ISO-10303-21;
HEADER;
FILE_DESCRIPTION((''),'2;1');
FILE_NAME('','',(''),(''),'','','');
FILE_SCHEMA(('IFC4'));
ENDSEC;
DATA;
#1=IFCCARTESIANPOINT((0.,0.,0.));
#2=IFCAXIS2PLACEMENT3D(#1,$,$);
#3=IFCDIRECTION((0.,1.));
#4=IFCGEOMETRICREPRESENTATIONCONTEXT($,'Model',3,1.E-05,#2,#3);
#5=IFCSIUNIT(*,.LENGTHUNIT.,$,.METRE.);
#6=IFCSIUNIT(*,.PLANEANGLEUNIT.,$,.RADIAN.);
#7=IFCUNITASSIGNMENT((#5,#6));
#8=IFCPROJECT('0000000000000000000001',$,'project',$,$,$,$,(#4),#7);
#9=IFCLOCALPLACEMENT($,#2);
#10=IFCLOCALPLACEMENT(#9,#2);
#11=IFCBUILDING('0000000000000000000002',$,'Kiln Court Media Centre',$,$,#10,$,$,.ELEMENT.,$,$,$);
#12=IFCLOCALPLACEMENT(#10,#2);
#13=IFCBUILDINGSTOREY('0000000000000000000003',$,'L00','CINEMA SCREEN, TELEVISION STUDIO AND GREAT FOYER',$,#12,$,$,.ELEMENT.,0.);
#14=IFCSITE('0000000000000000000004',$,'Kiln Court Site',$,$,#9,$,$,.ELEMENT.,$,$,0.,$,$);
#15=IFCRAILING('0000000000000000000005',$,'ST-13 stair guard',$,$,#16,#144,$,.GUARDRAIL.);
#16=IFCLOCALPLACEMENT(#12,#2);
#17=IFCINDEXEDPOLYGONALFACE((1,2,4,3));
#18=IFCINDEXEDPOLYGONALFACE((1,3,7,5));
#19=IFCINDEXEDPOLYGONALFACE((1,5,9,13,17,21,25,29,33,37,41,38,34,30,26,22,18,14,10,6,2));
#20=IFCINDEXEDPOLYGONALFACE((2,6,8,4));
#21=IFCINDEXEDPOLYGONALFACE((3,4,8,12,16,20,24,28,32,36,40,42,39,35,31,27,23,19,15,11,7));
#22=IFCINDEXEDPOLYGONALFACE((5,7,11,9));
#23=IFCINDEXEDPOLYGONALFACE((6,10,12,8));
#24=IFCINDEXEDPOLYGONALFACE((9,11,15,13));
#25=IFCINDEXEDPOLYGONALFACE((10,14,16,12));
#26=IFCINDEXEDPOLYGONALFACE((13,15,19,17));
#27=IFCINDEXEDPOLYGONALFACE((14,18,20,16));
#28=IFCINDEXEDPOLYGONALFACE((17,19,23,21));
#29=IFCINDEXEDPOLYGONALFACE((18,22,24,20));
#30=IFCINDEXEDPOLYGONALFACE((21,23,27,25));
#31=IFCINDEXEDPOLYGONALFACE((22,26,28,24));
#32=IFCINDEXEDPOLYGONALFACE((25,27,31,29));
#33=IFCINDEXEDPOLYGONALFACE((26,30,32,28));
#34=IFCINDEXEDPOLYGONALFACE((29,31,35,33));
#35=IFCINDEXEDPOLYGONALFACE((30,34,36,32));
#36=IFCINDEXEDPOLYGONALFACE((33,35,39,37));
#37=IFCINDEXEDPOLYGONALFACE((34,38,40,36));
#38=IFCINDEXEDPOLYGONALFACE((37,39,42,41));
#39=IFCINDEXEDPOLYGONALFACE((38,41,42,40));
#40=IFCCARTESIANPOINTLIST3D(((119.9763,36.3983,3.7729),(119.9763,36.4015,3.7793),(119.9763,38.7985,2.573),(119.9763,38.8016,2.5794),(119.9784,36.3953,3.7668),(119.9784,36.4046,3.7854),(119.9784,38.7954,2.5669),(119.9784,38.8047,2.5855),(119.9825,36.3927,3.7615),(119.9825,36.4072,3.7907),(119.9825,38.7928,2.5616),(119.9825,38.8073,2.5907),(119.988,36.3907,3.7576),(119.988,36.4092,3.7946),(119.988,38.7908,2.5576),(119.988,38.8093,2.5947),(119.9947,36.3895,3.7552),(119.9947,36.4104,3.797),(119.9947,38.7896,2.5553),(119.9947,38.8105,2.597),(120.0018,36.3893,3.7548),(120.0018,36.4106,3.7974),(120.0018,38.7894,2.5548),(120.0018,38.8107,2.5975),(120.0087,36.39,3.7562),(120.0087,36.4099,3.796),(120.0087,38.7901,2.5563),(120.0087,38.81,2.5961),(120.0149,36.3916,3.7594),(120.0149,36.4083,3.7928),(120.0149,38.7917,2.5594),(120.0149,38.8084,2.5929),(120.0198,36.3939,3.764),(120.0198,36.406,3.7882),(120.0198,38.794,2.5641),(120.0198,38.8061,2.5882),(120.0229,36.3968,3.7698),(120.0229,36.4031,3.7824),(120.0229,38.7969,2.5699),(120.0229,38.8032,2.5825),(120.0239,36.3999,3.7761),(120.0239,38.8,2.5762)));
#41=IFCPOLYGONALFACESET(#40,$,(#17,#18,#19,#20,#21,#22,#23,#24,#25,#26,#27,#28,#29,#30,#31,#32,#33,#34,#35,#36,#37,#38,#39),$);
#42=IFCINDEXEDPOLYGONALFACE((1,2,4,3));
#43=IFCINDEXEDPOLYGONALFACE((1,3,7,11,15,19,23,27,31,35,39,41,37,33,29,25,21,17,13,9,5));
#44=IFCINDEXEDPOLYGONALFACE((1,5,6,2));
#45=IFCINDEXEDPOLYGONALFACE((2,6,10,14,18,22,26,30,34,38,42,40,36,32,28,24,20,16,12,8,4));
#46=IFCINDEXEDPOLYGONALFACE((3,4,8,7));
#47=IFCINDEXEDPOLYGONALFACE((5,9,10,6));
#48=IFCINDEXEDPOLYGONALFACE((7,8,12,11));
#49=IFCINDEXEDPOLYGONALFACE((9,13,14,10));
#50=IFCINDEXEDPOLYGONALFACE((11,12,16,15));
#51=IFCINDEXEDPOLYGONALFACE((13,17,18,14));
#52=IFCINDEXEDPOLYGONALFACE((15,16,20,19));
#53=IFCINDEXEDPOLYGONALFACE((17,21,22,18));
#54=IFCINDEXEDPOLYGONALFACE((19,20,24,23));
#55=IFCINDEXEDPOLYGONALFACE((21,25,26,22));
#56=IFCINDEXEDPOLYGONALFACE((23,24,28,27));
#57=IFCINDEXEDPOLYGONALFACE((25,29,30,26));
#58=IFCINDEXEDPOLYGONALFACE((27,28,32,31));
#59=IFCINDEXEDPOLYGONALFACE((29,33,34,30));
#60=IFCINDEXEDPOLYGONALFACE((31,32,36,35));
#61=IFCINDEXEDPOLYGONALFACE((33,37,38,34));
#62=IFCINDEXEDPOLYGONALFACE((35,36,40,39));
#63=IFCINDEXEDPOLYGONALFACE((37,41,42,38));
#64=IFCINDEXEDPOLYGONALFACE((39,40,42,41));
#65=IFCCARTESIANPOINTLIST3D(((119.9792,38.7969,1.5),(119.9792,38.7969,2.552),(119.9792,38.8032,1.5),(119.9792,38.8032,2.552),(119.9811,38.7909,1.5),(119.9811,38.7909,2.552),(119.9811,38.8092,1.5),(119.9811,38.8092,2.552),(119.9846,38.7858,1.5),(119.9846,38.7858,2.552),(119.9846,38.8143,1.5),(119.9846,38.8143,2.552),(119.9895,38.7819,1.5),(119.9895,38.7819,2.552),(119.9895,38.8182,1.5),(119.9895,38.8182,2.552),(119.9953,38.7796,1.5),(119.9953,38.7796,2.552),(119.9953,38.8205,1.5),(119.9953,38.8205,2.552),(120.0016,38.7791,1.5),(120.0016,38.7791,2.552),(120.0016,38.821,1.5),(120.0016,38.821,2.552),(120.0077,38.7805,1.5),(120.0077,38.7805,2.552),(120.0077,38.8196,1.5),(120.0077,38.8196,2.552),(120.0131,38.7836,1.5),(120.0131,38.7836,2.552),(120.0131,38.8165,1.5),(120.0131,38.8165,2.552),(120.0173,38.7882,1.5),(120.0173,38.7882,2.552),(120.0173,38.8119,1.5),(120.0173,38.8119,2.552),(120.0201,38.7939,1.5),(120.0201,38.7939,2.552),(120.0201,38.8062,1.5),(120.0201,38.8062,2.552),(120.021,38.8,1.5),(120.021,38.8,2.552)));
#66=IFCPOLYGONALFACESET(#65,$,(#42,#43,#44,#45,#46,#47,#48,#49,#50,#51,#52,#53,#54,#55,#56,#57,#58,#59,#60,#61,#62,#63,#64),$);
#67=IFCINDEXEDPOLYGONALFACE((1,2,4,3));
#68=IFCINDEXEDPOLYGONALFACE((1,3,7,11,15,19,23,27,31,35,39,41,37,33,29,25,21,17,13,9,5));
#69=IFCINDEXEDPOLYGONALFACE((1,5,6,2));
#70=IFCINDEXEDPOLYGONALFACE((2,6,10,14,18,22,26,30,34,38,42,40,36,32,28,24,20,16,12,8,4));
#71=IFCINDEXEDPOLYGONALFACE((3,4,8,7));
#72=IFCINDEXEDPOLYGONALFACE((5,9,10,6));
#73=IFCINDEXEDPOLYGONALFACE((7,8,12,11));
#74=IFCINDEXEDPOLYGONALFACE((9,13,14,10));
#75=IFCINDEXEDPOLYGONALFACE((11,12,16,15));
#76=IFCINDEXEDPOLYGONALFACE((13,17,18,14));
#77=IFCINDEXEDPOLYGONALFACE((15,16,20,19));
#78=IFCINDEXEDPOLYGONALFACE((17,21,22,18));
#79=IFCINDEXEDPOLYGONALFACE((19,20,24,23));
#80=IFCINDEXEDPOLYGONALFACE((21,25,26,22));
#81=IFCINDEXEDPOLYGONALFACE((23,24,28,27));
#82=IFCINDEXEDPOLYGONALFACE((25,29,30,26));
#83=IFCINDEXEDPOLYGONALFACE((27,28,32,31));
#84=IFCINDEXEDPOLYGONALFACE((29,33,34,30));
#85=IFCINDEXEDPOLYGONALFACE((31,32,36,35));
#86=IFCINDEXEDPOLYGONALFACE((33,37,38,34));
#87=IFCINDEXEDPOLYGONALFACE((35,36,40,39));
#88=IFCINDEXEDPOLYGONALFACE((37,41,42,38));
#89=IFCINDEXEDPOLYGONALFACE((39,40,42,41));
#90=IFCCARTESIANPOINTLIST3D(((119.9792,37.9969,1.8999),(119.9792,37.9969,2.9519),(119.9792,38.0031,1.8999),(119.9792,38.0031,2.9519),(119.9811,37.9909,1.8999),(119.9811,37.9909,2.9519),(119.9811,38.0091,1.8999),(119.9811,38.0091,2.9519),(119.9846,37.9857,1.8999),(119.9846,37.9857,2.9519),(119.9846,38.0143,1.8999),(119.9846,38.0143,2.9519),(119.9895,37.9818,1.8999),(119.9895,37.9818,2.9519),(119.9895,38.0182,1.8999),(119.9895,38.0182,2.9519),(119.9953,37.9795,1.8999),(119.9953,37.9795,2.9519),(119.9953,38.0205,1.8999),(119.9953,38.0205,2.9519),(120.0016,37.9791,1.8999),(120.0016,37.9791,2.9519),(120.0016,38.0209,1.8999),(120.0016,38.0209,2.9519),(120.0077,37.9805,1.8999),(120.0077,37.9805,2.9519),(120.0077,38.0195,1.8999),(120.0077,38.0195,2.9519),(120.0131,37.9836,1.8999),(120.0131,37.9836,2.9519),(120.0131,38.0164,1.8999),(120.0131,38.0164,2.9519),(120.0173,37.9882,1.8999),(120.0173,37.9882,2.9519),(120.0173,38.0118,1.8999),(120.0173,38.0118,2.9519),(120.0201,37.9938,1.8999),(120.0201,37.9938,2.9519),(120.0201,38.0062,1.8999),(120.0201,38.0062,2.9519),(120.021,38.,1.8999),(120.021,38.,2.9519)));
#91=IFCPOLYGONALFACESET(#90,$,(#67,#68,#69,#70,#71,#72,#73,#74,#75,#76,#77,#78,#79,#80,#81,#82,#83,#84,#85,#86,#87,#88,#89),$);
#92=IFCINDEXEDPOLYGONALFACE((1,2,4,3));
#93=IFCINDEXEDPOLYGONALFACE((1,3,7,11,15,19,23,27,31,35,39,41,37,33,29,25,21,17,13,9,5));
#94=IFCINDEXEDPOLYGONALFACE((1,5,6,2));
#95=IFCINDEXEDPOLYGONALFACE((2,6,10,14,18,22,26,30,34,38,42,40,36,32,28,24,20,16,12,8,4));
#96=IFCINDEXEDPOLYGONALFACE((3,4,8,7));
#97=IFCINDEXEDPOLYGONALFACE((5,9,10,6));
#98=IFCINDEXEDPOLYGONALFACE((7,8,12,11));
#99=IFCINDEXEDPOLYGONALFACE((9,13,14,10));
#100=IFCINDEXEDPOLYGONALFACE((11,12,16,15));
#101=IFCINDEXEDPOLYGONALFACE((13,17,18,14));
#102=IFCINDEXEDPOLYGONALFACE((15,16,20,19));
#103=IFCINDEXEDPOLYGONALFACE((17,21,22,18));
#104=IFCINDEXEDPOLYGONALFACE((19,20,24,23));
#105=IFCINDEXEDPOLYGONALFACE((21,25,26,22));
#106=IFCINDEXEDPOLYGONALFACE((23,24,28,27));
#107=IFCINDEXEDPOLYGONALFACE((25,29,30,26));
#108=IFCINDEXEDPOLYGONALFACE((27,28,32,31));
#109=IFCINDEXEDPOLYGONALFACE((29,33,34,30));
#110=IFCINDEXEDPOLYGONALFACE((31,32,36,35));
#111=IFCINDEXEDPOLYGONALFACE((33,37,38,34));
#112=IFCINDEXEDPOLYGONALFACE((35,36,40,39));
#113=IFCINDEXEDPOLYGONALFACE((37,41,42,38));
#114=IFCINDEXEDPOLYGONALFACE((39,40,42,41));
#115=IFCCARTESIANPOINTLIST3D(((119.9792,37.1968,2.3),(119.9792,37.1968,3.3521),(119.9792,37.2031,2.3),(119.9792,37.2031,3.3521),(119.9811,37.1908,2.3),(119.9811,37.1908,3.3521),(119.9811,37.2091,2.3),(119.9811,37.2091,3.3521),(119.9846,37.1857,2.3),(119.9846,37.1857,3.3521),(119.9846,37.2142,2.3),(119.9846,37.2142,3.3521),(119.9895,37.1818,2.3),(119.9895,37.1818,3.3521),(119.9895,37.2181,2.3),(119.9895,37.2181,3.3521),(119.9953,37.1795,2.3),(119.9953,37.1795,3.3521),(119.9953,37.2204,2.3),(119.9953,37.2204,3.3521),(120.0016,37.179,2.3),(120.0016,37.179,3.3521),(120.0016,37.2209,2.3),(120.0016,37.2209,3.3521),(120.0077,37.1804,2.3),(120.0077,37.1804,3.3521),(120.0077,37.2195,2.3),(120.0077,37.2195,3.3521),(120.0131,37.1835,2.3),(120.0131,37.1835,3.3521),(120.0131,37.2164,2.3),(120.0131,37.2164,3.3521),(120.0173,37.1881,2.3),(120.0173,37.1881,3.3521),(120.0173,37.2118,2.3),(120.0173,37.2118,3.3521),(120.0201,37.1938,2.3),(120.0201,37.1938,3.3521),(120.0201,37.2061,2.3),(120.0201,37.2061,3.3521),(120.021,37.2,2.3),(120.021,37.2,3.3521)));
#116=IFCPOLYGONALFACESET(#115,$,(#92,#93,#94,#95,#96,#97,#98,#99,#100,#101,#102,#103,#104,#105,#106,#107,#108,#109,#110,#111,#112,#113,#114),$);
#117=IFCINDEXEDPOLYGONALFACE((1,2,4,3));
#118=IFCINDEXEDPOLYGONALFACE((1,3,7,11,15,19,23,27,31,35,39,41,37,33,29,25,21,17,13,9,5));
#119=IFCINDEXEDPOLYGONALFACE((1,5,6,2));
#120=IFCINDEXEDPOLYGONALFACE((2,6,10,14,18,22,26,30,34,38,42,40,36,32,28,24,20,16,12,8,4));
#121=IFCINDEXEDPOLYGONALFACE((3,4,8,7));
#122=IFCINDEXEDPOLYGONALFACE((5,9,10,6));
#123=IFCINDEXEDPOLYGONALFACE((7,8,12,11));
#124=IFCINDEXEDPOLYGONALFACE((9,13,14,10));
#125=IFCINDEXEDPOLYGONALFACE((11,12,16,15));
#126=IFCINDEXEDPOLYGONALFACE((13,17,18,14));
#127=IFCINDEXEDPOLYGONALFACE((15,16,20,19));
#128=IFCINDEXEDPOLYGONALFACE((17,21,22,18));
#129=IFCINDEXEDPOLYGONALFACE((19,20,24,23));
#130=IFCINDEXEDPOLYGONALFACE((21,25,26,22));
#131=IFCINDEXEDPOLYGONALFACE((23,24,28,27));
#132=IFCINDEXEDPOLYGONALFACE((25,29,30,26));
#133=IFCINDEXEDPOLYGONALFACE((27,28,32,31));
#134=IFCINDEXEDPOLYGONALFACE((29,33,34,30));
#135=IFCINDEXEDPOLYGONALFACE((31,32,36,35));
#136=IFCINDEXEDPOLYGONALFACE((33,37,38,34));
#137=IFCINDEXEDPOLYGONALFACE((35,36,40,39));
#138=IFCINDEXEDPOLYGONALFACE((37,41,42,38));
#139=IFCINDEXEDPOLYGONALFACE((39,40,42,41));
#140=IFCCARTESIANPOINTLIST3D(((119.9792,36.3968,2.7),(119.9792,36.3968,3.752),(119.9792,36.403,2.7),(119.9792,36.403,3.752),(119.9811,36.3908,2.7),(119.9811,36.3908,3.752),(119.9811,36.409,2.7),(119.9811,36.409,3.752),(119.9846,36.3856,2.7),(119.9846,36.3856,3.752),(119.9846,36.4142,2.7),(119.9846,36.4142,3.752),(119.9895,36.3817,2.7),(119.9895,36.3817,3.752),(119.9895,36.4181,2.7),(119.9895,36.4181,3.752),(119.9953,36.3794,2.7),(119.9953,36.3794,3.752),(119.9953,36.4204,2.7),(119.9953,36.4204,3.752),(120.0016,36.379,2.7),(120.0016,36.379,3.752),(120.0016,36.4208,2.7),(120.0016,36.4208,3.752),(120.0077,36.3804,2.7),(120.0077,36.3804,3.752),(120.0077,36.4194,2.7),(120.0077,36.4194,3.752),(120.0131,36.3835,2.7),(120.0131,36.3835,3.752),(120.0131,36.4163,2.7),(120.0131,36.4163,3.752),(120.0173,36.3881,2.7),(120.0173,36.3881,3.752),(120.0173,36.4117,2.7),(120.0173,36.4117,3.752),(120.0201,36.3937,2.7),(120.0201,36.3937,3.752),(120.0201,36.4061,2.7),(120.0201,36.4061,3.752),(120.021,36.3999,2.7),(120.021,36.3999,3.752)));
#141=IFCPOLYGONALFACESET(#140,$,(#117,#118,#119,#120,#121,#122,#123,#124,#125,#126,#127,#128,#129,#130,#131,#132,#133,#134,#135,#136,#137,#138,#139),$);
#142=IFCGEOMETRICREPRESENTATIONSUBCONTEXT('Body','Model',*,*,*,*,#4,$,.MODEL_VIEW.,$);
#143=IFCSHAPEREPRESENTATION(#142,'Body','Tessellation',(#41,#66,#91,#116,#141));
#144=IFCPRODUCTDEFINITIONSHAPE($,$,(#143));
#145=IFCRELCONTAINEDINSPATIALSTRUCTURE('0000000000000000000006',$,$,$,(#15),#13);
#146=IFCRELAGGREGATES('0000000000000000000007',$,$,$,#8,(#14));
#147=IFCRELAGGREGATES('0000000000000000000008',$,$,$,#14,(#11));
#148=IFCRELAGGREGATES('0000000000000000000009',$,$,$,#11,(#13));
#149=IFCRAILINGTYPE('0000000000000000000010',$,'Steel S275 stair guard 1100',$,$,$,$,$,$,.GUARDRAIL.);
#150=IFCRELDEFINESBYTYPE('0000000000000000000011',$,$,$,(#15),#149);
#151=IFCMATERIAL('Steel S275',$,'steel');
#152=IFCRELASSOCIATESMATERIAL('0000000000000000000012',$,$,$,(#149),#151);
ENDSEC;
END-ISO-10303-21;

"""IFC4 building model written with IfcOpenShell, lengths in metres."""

from ifc_helpers import new_model, si_unit, direction, frame, origin, origin_2d, place, context, subcontext, project, spatial, circle, extrude, material, type_object, element, save


model = new_model("IFC4")

# Units and contexts
model_context = context("Model", 3, precision=1e-05, world=origin(), true_north=direction((0.0, 1.0)))
body_context = subcontext(model_context, "Body", "Model", "MODEL_VIEW")
ifc_project = project(units=[si_unit("LENGTHUNIT", "METRE"), si_unit("PLANEANGLEUNIT", "RADIAN")], contexts=[model_context])

# Site, building, storey
site_placement = place(None, origin())
site = spatial("IfcSite", under=ifc_project, at=site_placement, Name="Kiln Court Site", CompositionType="ELEMENT", RefElevation=0.0)
building_placement = place(site_placement, origin())
building = spatial("IfcBuilding", under=site, at=building_placement, Name="Kiln Court Media Centre", CompositionType="ELEMENT")
storey_placement = place(building_placement, origin())
storey = spatial("IfcBuildingStorey", under=building, at=storey_placement, Name="L00", Description="CINEMA SCREEN, TELEVISION STUDIO AND GREAT FOYER", CompositionType="ELEMENT", Elevation=0.0)

# Railing
ifc_material_1 = material(Name="Steel S275", Category="steel")
railing_type_1 = type_object("IfcRailingType", Name="Steel S275 stair guard 1100", PredefinedType="GUARDRAIL", material=ifc_material_1)
railing_1_placement = place(storey_placement, frame((120.0, 38.8, 1.5)))
element("IfcRailing", 1, at=railing_1_placement, inside=storey, type_object=railing_type_1, Name="ST-13 stair guard", PredefinedType="GUARDRAIL", context=body_context, shape_type="SweptSolid", body=[
    extrude(circle(Radius=0.0239, at=origin_2d()), frame((0.0, 0.0, 1.0762), z_axis=(0.0, -0.894445, 0.447177), x_axis=(1.0, 0.0, 0.0)), (0.0, 0.0, 1.0), 2.6833),
    extrude(circle(Radius=0.021, at=origin_2d()), origin(), (0.0, 0.0, 1.0), 1.052),
    extrude(circle(Radius=0.021, at=origin_2d()), frame((0.0, -0.8, 0.3999)), (0.0, 0.0, 1.0), 1.052),
    extrude(circle(Radius=0.021, at=origin_2d()), frame((0.0, -1.6001, 0.8)), (0.0, 0.0, 1.0), 1.052),
    extrude(circle(Radius=0.021, at=origin_2d()), frame((0.0, -2.4001, 1.2)), (0.0, 0.0, 1.0), 1.052),
])

save(model, "model.ifc")
